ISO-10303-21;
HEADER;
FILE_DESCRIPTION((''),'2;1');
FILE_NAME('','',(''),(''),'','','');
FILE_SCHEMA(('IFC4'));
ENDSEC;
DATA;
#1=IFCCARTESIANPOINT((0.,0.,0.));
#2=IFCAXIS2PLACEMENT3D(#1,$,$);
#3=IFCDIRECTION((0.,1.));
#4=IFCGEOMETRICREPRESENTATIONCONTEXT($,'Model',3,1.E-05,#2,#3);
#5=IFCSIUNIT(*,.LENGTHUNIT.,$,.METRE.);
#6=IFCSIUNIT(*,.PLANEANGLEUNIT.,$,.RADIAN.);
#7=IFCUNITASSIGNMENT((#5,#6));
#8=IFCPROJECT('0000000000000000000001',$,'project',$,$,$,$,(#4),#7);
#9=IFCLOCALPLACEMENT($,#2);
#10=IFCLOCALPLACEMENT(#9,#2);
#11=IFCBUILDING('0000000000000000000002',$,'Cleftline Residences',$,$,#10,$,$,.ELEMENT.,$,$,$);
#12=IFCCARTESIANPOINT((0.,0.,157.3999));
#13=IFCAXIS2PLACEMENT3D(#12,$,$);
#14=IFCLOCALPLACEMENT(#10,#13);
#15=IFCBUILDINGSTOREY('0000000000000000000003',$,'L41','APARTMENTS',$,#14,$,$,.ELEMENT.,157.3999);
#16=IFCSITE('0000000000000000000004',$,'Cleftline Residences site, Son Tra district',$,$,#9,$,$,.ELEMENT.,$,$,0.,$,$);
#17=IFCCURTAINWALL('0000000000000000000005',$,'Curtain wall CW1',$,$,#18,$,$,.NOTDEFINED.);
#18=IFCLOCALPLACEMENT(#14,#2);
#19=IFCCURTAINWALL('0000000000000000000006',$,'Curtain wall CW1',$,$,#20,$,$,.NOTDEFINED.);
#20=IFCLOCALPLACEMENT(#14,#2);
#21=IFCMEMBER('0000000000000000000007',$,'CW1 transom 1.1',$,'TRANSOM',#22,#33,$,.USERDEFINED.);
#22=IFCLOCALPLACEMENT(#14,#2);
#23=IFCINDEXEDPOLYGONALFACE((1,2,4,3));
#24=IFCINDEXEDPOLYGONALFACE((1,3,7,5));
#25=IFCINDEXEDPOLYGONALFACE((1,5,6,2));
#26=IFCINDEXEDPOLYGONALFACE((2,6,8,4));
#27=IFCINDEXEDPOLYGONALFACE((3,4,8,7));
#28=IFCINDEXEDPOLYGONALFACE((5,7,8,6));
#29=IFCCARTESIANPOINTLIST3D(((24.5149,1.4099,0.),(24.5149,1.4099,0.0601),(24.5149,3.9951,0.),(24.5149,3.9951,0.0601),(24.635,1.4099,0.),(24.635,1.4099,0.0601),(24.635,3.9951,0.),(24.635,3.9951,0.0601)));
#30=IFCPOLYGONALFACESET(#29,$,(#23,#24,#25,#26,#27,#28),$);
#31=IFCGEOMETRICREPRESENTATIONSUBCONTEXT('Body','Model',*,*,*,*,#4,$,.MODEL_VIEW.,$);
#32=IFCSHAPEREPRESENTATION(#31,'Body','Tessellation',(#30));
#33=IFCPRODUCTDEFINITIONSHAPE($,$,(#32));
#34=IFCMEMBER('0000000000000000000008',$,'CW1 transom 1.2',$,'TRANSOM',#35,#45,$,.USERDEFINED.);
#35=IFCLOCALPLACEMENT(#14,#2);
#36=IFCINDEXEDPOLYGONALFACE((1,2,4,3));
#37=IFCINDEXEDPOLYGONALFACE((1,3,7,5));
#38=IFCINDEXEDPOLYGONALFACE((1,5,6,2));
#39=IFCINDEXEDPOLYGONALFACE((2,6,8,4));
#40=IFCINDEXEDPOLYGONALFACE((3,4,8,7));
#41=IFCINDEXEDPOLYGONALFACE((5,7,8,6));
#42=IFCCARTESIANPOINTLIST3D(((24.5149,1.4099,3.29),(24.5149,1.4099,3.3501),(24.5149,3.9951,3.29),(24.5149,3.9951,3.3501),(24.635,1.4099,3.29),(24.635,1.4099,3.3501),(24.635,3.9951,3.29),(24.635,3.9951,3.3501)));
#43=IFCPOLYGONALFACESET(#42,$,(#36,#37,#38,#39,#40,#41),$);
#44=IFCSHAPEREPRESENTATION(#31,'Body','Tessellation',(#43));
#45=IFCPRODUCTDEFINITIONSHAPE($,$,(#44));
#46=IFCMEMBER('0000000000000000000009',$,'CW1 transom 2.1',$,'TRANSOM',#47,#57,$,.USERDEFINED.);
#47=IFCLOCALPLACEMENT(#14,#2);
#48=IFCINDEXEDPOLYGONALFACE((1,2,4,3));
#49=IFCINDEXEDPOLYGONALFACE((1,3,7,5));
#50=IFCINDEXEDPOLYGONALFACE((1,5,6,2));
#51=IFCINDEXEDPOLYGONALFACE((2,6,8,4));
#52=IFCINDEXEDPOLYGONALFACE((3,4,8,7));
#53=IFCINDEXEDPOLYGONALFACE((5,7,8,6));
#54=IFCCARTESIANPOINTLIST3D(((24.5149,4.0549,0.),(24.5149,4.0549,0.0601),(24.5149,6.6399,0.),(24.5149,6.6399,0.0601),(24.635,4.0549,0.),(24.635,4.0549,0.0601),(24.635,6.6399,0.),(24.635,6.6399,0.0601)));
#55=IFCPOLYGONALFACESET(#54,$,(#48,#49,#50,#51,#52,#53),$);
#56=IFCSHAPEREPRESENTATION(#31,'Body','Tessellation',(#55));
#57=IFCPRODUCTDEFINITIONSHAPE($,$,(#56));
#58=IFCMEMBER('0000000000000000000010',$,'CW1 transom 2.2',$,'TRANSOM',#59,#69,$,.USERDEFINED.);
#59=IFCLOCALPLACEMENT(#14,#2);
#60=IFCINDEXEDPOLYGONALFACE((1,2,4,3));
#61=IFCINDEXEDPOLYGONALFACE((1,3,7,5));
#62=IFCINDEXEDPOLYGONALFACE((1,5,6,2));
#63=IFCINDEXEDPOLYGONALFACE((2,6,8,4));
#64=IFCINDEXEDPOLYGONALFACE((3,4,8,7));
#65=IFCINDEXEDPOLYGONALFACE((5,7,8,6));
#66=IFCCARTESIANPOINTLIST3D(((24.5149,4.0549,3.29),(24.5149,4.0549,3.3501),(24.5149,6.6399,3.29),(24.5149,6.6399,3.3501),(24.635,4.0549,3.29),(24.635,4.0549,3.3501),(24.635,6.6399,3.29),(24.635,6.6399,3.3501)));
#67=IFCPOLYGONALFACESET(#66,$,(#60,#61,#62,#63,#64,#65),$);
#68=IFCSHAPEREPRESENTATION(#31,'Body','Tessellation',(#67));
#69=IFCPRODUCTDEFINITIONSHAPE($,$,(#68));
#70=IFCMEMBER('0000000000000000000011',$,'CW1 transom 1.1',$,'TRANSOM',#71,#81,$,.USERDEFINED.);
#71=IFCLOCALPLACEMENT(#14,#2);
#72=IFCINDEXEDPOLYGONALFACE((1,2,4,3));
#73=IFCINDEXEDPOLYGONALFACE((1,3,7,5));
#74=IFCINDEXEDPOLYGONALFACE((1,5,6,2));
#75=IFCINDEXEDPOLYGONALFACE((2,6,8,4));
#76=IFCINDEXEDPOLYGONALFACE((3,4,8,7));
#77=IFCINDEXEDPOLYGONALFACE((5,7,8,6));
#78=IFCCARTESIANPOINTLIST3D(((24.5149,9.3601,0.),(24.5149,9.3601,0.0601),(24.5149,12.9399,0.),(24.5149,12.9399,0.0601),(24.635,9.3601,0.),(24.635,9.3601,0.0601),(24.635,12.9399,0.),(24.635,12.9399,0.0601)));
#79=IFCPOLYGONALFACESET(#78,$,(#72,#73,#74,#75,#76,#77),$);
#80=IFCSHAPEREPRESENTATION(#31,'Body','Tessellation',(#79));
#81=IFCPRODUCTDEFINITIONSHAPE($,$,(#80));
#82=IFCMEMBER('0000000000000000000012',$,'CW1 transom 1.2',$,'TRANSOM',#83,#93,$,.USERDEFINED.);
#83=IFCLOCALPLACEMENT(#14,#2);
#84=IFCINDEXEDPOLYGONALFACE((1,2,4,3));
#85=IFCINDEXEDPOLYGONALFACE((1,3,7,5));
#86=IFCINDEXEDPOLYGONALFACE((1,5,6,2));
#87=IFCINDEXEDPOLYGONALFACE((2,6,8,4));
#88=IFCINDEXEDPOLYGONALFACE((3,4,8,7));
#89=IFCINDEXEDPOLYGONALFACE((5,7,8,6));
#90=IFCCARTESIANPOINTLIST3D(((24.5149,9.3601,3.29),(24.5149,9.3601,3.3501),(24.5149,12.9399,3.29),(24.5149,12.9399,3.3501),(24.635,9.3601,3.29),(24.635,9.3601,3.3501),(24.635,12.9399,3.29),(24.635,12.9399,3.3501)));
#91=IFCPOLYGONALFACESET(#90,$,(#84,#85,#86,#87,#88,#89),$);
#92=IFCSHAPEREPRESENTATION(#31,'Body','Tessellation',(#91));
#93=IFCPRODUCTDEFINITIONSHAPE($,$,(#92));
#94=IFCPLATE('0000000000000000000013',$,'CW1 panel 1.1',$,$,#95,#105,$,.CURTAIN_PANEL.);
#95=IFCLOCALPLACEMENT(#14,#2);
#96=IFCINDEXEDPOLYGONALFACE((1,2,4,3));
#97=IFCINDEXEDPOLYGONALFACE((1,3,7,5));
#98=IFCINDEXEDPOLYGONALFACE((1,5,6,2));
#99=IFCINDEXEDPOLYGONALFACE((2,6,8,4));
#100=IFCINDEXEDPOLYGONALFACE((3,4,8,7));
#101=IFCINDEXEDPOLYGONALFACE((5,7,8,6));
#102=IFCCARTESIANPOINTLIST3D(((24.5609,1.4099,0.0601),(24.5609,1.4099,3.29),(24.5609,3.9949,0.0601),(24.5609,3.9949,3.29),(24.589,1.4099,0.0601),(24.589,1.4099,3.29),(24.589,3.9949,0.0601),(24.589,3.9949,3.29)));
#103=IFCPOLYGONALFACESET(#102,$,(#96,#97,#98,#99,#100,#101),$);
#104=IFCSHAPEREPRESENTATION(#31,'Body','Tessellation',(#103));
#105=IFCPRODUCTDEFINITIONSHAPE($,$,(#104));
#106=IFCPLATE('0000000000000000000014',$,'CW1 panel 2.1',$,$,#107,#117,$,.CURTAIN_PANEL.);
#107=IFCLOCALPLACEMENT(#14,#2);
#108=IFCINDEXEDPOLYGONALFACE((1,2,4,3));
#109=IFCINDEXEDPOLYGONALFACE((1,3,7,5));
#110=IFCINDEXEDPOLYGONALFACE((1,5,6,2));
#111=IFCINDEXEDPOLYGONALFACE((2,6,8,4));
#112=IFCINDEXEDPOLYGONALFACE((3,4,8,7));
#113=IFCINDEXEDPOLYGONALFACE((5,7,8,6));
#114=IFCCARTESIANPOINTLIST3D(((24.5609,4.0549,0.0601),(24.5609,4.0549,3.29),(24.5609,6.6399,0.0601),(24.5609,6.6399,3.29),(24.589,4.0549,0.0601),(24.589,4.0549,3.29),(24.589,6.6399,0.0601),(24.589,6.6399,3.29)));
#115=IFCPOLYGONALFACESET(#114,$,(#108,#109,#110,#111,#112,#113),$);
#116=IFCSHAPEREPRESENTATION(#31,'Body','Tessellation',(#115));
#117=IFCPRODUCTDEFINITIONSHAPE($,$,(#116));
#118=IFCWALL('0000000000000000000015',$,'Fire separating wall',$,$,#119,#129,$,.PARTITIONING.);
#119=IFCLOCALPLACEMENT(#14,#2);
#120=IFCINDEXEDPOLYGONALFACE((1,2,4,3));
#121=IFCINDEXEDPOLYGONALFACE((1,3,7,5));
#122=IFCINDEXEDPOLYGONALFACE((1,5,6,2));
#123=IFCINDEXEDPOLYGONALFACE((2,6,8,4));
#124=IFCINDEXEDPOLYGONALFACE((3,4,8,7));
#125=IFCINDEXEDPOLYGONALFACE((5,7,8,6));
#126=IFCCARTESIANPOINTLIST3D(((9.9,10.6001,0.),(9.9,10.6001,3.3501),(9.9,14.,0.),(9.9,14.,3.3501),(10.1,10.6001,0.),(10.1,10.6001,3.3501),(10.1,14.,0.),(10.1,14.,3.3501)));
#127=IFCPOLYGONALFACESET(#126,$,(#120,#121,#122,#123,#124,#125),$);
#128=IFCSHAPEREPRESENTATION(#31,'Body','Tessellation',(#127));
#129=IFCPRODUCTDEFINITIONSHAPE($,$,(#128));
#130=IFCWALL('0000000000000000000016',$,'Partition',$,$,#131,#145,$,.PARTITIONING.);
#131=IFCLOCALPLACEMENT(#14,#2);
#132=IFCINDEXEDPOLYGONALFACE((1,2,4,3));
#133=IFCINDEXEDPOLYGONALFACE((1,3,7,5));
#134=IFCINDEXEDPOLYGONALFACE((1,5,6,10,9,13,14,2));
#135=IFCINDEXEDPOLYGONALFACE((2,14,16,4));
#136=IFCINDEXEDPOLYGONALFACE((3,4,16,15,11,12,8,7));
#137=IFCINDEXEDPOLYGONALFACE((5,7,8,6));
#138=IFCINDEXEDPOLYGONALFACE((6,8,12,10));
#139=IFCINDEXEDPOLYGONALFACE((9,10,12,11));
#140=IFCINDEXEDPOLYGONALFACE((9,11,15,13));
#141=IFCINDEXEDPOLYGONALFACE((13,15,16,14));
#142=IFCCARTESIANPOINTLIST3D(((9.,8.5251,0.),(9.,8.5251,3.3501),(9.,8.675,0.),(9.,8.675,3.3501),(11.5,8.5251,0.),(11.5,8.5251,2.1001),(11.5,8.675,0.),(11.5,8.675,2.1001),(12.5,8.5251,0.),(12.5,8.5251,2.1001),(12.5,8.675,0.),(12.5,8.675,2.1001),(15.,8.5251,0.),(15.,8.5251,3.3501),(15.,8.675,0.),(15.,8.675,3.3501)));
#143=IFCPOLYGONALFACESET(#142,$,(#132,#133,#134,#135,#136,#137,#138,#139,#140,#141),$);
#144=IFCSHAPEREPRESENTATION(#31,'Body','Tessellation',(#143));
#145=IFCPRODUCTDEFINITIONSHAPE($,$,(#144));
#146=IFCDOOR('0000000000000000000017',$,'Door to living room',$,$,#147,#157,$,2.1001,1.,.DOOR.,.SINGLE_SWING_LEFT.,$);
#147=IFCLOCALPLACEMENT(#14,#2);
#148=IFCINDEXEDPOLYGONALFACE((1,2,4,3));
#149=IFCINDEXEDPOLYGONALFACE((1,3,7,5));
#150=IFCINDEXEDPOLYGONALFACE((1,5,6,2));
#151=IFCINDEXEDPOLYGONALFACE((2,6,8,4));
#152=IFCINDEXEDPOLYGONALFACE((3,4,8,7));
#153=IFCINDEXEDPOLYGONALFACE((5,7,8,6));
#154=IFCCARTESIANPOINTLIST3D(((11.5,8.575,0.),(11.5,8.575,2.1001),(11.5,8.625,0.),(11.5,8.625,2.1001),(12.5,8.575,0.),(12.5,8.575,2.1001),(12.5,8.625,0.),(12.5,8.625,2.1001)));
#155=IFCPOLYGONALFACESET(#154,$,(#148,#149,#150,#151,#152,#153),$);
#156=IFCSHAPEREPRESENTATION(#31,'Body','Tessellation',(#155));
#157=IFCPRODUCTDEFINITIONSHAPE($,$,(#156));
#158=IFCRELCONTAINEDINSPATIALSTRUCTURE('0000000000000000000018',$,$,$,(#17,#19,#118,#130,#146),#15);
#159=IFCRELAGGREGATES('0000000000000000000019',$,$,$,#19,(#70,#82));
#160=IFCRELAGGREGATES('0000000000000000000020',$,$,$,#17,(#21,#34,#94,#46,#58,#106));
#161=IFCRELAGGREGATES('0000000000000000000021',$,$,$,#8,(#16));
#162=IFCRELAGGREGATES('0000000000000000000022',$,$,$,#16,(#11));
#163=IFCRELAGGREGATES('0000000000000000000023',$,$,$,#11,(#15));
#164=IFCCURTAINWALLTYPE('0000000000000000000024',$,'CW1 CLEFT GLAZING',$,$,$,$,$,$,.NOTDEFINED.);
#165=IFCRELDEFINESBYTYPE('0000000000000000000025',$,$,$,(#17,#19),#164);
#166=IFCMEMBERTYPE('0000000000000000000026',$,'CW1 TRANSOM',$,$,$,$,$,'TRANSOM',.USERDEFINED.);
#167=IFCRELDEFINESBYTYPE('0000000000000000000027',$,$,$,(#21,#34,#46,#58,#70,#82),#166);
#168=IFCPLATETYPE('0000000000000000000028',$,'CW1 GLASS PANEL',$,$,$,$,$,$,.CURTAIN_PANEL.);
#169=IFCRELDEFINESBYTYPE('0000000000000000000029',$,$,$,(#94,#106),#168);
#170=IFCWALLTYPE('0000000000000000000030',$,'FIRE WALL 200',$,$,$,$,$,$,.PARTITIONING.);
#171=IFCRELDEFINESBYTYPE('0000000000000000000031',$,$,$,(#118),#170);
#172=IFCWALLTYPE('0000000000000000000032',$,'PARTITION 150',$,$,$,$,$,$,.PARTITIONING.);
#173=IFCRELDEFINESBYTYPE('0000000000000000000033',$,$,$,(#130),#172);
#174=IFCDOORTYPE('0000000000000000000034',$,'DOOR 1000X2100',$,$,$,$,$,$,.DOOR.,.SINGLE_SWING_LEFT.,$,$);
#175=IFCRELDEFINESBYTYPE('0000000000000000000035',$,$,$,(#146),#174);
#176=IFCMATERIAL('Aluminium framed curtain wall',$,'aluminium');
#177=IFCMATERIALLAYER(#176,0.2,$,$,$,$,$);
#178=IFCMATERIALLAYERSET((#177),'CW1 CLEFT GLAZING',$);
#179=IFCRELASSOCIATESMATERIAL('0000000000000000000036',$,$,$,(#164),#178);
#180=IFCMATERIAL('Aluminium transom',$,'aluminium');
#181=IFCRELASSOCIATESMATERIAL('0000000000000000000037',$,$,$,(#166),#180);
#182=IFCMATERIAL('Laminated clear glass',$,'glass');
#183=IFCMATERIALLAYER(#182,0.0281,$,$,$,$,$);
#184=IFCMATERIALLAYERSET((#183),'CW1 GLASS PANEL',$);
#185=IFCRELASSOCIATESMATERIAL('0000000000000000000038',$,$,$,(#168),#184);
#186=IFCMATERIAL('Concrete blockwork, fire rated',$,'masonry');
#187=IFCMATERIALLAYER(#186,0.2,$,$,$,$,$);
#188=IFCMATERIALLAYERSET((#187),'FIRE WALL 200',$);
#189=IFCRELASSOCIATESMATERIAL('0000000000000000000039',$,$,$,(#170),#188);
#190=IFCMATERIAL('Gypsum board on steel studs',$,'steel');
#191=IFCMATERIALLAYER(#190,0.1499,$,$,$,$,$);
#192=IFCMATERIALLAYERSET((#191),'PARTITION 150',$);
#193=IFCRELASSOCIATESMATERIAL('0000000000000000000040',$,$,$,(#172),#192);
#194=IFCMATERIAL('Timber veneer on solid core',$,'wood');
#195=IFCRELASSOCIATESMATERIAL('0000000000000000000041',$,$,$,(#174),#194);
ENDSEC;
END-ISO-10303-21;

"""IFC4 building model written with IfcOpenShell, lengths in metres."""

from ifc_helpers import new_model, si_unit, direction, frame, frame_2d, origin, origin_2d, place, context, subcontext, project, spatial, rectangle, extrude, material, layer, layer_set, material_profile, profile_set, type_object, element, fill, aggregate, save


model = new_model("IFC4")

# Units and contexts
model_context = context("Model", 3, precision=1e-05, world=origin(), true_north=direction((0.0, 1.0)))
body_context = subcontext(model_context, "Body", "Model", "MODEL_VIEW")
ifc_project = project(units=[si_unit("LENGTHUNIT", "METRE"), si_unit("PLANEANGLEUNIT", "RADIAN")], contexts=[model_context])

# Site, building, storey
site_placement = place(None, origin())
site = spatial("IfcSite", under=ifc_project, at=site_placement, Name="Cleftline Residences site, Son Tra district", CompositionType="ELEMENT", RefElevation=0.0)
building_placement = place(site_placement, origin())
building = spatial("IfcBuilding", under=site, at=building_placement, Name="Cleftline Residences", CompositionType="ELEMENT")
storey_placement = place(building_placement, frame((0.0, 0.0, 157.3999)))
storey = spatial("IfcBuildingStorey", under=building, at=storey_placement, Name="L41", Description="APARTMENTS", CompositionType="ELEMENT", Elevation=157.3999)

# Curtain wall
ifc_material_1 = material(Name="Aluminium framed curtain wall", Category="aluminium")
ifc_layer_1 = layer(ifc_material_1, 0.2)
ifc_layer_set_1 = layer_set([ifc_layer_1], Name="CW1 CLEFT GLAZING")
curtain_wall_type = type_object("IfcCurtainWallType", Name="CW1 CLEFT GLAZING", PredefinedType="NOTDEFINED", material=ifc_layer_set_1)
curtain_wall_1_placement = place(storey_placement, origin())
curtain_wall_1 = element("IfcCurtainWall", 1, at=curtain_wall_1_placement, inside=storey, type_object=curtain_wall_type, Name="Curtain wall CW1", PredefinedType="NOTDEFINED")

# Curtain wall
curtain_wall_2_placement = place(storey_placement, origin())
curtain_wall_2 = element("IfcCurtainWall", 2, at=curtain_wall_2_placement, inside=storey, type_object=curtain_wall_type, Name="Curtain wall CW1", PredefinedType="NOTDEFINED")

# Members
ifc_material_2 = material(Name="Aluminium transom", Category="aluminium")
ifc_material_profile_1 = material_profile(ifc_material_2, rectangle(XDim=0.1201, YDim=0.0601, at=origin_2d()))
ifc_profile_set_1 = profile_set([ifc_material_profile_1], Name="Aluminium transom")
member_type_1 = type_object("IfcMemberType", Name="CW1 TRANSOM", ElementType="TRANSOM", PredefinedType="USERDEFINED", material=ifc_profile_set_1)
member_1_placement = place(storey_placement, frame((24.575, 1.4099, 0.03), z_axis=(0.0, 1.0, 0.0), x_axis=(-1.0, 0.0, 0.0)))
member_1 = element("IfcMember", 3, at=member_1_placement, type_object=member_type_1, Name="CW1 transom 1.1", ObjectType="TRANSOM", PredefinedType="USERDEFINED", context=body_context, shape_type="SweptSolid", body=[
    extrude(rectangle(XDim=0.1201, YDim=0.0601, at=origin_2d()), origin(), (0.0, 0.0, 1.0), 2.5852),
])
member_2_placement = place(storey_placement, frame((24.575, 1.4099, 3.3201), z_axis=(0.0, 1.0, 0.0), x_axis=(-1.0, 0.0, 0.0)))
member_2 = element("IfcMember", 4, at=member_2_placement, type_object=member_type_1, Name="CW1 transom 1.2", ObjectType="TRANSOM", PredefinedType="USERDEFINED", context=body_context, shape_type="SweptSolid", body=[
    extrude(rectangle(XDim=0.1201, YDim=0.0601, at=origin_2d()), origin(), (0.0, 0.0, 1.0), 2.5852),
])
member_3_placement = place(storey_placement, frame((24.575, 4.0549, 0.03), z_axis=(0.0, 1.0, 0.0), x_axis=(-1.0, 0.0, 0.0)))
member_3 = element("IfcMember", 5, at=member_3_placement, type_object=member_type_1, Name="CW1 transom 2.1", ObjectType="TRANSOM", PredefinedType="USERDEFINED", context=body_context, shape_type="SweptSolid", body=[
    extrude(rectangle(XDim=0.1201, YDim=0.0601, at=origin_2d()), origin(), (0.0, 0.0, 1.0), 2.585),
])
member_4_placement = place(storey_placement, frame((24.575, 4.0549, 3.3201), z_axis=(0.0, 1.0, 0.0), x_axis=(-1.0, 0.0, 0.0)))
member_4 = element("IfcMember", 6, at=member_4_placement, type_object=member_type_1, Name="CW1 transom 2.2", ObjectType="TRANSOM", PredefinedType="USERDEFINED", context=body_context, shape_type="SweptSolid", body=[
    extrude(rectangle(XDim=0.1201, YDim=0.0601, at=origin_2d()), origin(), (0.0, 0.0, 1.0), 2.585),
])
member_5_placement = place(storey_placement, frame((24.575, 9.3601, 0.03), z_axis=(0.0, 1.0, 0.0), x_axis=(-1.0, 0.0, 0.0)))
member_5 = element("IfcMember", 7, at=member_5_placement, type_object=member_type_1, Name="CW1 transom 1.1", ObjectType="TRANSOM", PredefinedType="USERDEFINED", context=body_context, shape_type="SweptSolid", body=[
    extrude(rectangle(XDim=0.1201, YDim=0.0601, at=origin_2d()), origin(), (0.0, 0.0, 1.0), 3.5798),
])
member_6_placement = place(storey_placement, frame((24.575, 9.3601, 3.3201), z_axis=(0.0, 1.0, 0.0), x_axis=(-1.0, 0.0, 0.0)))
member_6 = element("IfcMember", 8, at=member_6_placement, type_object=member_type_1, Name="CW1 transom 1.2", ObjectType="TRANSOM", PredefinedType="USERDEFINED", context=body_context, shape_type="SweptSolid", body=[
    extrude(rectangle(XDim=0.1201, YDim=0.0601, at=origin_2d()), origin(), (0.0, 0.0, 1.0), 3.5798),
])
aggregate(curtain_wall_2, [member_5, member_6])

# Plates
ifc_material_3 = material(Name="Laminated clear glass", Category="glass")
ifc_layer_2 = layer(ifc_material_3, 0.0281)
ifc_layer_set_2 = layer_set([ifc_layer_2], Name="CW1 GLASS PANEL")
plate_type = type_object("IfcPlateType", Name="CW1 GLASS PANEL", PredefinedType="CURTAIN_PANEL", material=ifc_layer_set_2)
plate_1_placement = place(storey_placement, frame((24.575, 2.7024, 0.0601), z_axis=(0.0, 0.0, 1.0), x_axis=(0.0, 1.0, 0.0)))
plate_1 = element("IfcPlate", 9, at=plate_1_placement, type_object=plate_type, Name="CW1 panel 1.1", PredefinedType="CURTAIN_PANEL", context=body_context, shape_type="SweptSolid", body=[
    extrude(rectangle(XDim=2.585, YDim=0.0281, at=origin_2d()), origin(), (0.0, 0.0, 1.0), 3.23),
])
plate_2_placement = place(storey_placement, frame((24.575, 5.3474, 0.0601), z_axis=(0.0, 0.0, 1.0), x_axis=(0.0, 1.0, 0.0)))
plate_2 = element("IfcPlate", 10, at=plate_2_placement, type_object=plate_type, Name="CW1 panel 2.1", PredefinedType="CURTAIN_PANEL", context=body_context, shape_type="SweptSolid", body=[
    extrude(rectangle(XDim=2.585, YDim=0.0281, at=origin_2d()), origin(), (0.0, 0.0, 1.0), 3.23),
])
aggregate(curtain_wall_1, [member_1, member_2, plate_1, member_3, member_4, plate_2])

# Wall
ifc_material_4 = material(Name="Concrete blockwork, fire rated", Category="masonry")
ifc_layer_3 = layer(ifc_material_4, 0.2)
ifc_layer_set_3 = layer_set([ifc_layer_3], Name="FIRE WALL 200")
wall_type_1 = type_object("IfcWallType", Name="FIRE WALL 200", PredefinedType="PARTITIONING", material=ifc_layer_set_3)
wall_1_placement = place(storey_placement, frame((10.0, 10.6001, 0.0), z_axis=(0.0, 0.0, 1.0), x_axis=(0.0, 1.0, 0.0)))
element("IfcWall", 11, at=wall_1_placement, inside=storey, type_object=wall_type_1, Name="Fire separating wall", PredefinedType="PARTITIONING", context=body_context, shape_type="SweptSolid", body=[
    extrude(rectangle(XDim=3.3999, YDim=0.2, at=frame_2d((1.7, 0.0))), origin(), (0.0, 0.0, 1.0), 3.3501),
])

# Wall, opening, door
ifc_material_5 = material(Name="Gypsum board on steel studs", Category="steel")
ifc_layer_4 = layer(ifc_material_5, 0.1499)
ifc_layer_set_4 = layer_set([ifc_layer_4], Name="PARTITION 150")
wall_type_2 = type_object("IfcWallType", Name="PARTITION 150", PredefinedType="PARTITIONING", material=ifc_layer_set_4)
wall_2_placement = place(storey_placement, frame((9.0, 8.6001, 0.0), z_axis=(0.0, 0.0, 1.0), x_axis=(1.0, 0.0, 0.0)))
wall_2 = element("IfcWall", 12, at=wall_2_placement, inside=storey, type_object=wall_type_2, Name="Partition", PredefinedType="PARTITIONING", context=body_context, shape_type="SweptSolid", body=[
    extrude(rectangle(XDim=6.0, YDim=0.1499, at=frame_2d((3.0, 0.0))), origin(), (0.0, 0.0, 1.0), 3.3501),
])
opening_1_placement = place(wall_2_placement, frame((2.5, 0.0, 0.0)))
opening_1 = element("IfcOpeningElement", 13, at=opening_1_placement, cuts=wall_2, PredefinedType="OPENING", context=body_context, shape_type="SweptSolid", body=[
    extrude(rectangle(XDim=1.0, YDim=2.1001, at=frame_2d((0.5, 1.05))), frame((0.0, 0.085, 0.0), z_axis=(0.0, -1.0, 0.0), x_axis=(1.0, 0.0, 0.0)), (0.0, 0.0, 1.0), 0.1699),
])
ifc_material_6 = material(Name="Timber veneer on solid core", Category="wood")
door_type_1 = type_object("IfcDoorType", Name="DOOR 1000X2100", OperationType="SINGLE_SWING_LEFT", PredefinedType="DOOR", material=ifc_material_6)
door_1_placement = place(opening_1_placement, origin())
door_1 = element("IfcDoor", 14, at=door_1_placement, inside=storey, type_object=door_type_1, Name="Door to living room", OperationType="SINGLE_SWING_LEFT", OverallHeight=2.1001, OverallWidth=1.0, PredefinedType="DOOR", context=body_context, shape_type="SweptSolid", body=[
    extrude(rectangle(XDim=1.0, YDim=2.1001, at=frame_2d((0.5, 1.05))), frame((0.0, 0.0249, 0.0), z_axis=(0.0, -1.0, 0.0), x_axis=(1.0, 0.0, 0.0)), (0.0, 0.0, 1.0), 0.05),
])
fill(opening_1, door_1)

save(model, "model.ifc")
